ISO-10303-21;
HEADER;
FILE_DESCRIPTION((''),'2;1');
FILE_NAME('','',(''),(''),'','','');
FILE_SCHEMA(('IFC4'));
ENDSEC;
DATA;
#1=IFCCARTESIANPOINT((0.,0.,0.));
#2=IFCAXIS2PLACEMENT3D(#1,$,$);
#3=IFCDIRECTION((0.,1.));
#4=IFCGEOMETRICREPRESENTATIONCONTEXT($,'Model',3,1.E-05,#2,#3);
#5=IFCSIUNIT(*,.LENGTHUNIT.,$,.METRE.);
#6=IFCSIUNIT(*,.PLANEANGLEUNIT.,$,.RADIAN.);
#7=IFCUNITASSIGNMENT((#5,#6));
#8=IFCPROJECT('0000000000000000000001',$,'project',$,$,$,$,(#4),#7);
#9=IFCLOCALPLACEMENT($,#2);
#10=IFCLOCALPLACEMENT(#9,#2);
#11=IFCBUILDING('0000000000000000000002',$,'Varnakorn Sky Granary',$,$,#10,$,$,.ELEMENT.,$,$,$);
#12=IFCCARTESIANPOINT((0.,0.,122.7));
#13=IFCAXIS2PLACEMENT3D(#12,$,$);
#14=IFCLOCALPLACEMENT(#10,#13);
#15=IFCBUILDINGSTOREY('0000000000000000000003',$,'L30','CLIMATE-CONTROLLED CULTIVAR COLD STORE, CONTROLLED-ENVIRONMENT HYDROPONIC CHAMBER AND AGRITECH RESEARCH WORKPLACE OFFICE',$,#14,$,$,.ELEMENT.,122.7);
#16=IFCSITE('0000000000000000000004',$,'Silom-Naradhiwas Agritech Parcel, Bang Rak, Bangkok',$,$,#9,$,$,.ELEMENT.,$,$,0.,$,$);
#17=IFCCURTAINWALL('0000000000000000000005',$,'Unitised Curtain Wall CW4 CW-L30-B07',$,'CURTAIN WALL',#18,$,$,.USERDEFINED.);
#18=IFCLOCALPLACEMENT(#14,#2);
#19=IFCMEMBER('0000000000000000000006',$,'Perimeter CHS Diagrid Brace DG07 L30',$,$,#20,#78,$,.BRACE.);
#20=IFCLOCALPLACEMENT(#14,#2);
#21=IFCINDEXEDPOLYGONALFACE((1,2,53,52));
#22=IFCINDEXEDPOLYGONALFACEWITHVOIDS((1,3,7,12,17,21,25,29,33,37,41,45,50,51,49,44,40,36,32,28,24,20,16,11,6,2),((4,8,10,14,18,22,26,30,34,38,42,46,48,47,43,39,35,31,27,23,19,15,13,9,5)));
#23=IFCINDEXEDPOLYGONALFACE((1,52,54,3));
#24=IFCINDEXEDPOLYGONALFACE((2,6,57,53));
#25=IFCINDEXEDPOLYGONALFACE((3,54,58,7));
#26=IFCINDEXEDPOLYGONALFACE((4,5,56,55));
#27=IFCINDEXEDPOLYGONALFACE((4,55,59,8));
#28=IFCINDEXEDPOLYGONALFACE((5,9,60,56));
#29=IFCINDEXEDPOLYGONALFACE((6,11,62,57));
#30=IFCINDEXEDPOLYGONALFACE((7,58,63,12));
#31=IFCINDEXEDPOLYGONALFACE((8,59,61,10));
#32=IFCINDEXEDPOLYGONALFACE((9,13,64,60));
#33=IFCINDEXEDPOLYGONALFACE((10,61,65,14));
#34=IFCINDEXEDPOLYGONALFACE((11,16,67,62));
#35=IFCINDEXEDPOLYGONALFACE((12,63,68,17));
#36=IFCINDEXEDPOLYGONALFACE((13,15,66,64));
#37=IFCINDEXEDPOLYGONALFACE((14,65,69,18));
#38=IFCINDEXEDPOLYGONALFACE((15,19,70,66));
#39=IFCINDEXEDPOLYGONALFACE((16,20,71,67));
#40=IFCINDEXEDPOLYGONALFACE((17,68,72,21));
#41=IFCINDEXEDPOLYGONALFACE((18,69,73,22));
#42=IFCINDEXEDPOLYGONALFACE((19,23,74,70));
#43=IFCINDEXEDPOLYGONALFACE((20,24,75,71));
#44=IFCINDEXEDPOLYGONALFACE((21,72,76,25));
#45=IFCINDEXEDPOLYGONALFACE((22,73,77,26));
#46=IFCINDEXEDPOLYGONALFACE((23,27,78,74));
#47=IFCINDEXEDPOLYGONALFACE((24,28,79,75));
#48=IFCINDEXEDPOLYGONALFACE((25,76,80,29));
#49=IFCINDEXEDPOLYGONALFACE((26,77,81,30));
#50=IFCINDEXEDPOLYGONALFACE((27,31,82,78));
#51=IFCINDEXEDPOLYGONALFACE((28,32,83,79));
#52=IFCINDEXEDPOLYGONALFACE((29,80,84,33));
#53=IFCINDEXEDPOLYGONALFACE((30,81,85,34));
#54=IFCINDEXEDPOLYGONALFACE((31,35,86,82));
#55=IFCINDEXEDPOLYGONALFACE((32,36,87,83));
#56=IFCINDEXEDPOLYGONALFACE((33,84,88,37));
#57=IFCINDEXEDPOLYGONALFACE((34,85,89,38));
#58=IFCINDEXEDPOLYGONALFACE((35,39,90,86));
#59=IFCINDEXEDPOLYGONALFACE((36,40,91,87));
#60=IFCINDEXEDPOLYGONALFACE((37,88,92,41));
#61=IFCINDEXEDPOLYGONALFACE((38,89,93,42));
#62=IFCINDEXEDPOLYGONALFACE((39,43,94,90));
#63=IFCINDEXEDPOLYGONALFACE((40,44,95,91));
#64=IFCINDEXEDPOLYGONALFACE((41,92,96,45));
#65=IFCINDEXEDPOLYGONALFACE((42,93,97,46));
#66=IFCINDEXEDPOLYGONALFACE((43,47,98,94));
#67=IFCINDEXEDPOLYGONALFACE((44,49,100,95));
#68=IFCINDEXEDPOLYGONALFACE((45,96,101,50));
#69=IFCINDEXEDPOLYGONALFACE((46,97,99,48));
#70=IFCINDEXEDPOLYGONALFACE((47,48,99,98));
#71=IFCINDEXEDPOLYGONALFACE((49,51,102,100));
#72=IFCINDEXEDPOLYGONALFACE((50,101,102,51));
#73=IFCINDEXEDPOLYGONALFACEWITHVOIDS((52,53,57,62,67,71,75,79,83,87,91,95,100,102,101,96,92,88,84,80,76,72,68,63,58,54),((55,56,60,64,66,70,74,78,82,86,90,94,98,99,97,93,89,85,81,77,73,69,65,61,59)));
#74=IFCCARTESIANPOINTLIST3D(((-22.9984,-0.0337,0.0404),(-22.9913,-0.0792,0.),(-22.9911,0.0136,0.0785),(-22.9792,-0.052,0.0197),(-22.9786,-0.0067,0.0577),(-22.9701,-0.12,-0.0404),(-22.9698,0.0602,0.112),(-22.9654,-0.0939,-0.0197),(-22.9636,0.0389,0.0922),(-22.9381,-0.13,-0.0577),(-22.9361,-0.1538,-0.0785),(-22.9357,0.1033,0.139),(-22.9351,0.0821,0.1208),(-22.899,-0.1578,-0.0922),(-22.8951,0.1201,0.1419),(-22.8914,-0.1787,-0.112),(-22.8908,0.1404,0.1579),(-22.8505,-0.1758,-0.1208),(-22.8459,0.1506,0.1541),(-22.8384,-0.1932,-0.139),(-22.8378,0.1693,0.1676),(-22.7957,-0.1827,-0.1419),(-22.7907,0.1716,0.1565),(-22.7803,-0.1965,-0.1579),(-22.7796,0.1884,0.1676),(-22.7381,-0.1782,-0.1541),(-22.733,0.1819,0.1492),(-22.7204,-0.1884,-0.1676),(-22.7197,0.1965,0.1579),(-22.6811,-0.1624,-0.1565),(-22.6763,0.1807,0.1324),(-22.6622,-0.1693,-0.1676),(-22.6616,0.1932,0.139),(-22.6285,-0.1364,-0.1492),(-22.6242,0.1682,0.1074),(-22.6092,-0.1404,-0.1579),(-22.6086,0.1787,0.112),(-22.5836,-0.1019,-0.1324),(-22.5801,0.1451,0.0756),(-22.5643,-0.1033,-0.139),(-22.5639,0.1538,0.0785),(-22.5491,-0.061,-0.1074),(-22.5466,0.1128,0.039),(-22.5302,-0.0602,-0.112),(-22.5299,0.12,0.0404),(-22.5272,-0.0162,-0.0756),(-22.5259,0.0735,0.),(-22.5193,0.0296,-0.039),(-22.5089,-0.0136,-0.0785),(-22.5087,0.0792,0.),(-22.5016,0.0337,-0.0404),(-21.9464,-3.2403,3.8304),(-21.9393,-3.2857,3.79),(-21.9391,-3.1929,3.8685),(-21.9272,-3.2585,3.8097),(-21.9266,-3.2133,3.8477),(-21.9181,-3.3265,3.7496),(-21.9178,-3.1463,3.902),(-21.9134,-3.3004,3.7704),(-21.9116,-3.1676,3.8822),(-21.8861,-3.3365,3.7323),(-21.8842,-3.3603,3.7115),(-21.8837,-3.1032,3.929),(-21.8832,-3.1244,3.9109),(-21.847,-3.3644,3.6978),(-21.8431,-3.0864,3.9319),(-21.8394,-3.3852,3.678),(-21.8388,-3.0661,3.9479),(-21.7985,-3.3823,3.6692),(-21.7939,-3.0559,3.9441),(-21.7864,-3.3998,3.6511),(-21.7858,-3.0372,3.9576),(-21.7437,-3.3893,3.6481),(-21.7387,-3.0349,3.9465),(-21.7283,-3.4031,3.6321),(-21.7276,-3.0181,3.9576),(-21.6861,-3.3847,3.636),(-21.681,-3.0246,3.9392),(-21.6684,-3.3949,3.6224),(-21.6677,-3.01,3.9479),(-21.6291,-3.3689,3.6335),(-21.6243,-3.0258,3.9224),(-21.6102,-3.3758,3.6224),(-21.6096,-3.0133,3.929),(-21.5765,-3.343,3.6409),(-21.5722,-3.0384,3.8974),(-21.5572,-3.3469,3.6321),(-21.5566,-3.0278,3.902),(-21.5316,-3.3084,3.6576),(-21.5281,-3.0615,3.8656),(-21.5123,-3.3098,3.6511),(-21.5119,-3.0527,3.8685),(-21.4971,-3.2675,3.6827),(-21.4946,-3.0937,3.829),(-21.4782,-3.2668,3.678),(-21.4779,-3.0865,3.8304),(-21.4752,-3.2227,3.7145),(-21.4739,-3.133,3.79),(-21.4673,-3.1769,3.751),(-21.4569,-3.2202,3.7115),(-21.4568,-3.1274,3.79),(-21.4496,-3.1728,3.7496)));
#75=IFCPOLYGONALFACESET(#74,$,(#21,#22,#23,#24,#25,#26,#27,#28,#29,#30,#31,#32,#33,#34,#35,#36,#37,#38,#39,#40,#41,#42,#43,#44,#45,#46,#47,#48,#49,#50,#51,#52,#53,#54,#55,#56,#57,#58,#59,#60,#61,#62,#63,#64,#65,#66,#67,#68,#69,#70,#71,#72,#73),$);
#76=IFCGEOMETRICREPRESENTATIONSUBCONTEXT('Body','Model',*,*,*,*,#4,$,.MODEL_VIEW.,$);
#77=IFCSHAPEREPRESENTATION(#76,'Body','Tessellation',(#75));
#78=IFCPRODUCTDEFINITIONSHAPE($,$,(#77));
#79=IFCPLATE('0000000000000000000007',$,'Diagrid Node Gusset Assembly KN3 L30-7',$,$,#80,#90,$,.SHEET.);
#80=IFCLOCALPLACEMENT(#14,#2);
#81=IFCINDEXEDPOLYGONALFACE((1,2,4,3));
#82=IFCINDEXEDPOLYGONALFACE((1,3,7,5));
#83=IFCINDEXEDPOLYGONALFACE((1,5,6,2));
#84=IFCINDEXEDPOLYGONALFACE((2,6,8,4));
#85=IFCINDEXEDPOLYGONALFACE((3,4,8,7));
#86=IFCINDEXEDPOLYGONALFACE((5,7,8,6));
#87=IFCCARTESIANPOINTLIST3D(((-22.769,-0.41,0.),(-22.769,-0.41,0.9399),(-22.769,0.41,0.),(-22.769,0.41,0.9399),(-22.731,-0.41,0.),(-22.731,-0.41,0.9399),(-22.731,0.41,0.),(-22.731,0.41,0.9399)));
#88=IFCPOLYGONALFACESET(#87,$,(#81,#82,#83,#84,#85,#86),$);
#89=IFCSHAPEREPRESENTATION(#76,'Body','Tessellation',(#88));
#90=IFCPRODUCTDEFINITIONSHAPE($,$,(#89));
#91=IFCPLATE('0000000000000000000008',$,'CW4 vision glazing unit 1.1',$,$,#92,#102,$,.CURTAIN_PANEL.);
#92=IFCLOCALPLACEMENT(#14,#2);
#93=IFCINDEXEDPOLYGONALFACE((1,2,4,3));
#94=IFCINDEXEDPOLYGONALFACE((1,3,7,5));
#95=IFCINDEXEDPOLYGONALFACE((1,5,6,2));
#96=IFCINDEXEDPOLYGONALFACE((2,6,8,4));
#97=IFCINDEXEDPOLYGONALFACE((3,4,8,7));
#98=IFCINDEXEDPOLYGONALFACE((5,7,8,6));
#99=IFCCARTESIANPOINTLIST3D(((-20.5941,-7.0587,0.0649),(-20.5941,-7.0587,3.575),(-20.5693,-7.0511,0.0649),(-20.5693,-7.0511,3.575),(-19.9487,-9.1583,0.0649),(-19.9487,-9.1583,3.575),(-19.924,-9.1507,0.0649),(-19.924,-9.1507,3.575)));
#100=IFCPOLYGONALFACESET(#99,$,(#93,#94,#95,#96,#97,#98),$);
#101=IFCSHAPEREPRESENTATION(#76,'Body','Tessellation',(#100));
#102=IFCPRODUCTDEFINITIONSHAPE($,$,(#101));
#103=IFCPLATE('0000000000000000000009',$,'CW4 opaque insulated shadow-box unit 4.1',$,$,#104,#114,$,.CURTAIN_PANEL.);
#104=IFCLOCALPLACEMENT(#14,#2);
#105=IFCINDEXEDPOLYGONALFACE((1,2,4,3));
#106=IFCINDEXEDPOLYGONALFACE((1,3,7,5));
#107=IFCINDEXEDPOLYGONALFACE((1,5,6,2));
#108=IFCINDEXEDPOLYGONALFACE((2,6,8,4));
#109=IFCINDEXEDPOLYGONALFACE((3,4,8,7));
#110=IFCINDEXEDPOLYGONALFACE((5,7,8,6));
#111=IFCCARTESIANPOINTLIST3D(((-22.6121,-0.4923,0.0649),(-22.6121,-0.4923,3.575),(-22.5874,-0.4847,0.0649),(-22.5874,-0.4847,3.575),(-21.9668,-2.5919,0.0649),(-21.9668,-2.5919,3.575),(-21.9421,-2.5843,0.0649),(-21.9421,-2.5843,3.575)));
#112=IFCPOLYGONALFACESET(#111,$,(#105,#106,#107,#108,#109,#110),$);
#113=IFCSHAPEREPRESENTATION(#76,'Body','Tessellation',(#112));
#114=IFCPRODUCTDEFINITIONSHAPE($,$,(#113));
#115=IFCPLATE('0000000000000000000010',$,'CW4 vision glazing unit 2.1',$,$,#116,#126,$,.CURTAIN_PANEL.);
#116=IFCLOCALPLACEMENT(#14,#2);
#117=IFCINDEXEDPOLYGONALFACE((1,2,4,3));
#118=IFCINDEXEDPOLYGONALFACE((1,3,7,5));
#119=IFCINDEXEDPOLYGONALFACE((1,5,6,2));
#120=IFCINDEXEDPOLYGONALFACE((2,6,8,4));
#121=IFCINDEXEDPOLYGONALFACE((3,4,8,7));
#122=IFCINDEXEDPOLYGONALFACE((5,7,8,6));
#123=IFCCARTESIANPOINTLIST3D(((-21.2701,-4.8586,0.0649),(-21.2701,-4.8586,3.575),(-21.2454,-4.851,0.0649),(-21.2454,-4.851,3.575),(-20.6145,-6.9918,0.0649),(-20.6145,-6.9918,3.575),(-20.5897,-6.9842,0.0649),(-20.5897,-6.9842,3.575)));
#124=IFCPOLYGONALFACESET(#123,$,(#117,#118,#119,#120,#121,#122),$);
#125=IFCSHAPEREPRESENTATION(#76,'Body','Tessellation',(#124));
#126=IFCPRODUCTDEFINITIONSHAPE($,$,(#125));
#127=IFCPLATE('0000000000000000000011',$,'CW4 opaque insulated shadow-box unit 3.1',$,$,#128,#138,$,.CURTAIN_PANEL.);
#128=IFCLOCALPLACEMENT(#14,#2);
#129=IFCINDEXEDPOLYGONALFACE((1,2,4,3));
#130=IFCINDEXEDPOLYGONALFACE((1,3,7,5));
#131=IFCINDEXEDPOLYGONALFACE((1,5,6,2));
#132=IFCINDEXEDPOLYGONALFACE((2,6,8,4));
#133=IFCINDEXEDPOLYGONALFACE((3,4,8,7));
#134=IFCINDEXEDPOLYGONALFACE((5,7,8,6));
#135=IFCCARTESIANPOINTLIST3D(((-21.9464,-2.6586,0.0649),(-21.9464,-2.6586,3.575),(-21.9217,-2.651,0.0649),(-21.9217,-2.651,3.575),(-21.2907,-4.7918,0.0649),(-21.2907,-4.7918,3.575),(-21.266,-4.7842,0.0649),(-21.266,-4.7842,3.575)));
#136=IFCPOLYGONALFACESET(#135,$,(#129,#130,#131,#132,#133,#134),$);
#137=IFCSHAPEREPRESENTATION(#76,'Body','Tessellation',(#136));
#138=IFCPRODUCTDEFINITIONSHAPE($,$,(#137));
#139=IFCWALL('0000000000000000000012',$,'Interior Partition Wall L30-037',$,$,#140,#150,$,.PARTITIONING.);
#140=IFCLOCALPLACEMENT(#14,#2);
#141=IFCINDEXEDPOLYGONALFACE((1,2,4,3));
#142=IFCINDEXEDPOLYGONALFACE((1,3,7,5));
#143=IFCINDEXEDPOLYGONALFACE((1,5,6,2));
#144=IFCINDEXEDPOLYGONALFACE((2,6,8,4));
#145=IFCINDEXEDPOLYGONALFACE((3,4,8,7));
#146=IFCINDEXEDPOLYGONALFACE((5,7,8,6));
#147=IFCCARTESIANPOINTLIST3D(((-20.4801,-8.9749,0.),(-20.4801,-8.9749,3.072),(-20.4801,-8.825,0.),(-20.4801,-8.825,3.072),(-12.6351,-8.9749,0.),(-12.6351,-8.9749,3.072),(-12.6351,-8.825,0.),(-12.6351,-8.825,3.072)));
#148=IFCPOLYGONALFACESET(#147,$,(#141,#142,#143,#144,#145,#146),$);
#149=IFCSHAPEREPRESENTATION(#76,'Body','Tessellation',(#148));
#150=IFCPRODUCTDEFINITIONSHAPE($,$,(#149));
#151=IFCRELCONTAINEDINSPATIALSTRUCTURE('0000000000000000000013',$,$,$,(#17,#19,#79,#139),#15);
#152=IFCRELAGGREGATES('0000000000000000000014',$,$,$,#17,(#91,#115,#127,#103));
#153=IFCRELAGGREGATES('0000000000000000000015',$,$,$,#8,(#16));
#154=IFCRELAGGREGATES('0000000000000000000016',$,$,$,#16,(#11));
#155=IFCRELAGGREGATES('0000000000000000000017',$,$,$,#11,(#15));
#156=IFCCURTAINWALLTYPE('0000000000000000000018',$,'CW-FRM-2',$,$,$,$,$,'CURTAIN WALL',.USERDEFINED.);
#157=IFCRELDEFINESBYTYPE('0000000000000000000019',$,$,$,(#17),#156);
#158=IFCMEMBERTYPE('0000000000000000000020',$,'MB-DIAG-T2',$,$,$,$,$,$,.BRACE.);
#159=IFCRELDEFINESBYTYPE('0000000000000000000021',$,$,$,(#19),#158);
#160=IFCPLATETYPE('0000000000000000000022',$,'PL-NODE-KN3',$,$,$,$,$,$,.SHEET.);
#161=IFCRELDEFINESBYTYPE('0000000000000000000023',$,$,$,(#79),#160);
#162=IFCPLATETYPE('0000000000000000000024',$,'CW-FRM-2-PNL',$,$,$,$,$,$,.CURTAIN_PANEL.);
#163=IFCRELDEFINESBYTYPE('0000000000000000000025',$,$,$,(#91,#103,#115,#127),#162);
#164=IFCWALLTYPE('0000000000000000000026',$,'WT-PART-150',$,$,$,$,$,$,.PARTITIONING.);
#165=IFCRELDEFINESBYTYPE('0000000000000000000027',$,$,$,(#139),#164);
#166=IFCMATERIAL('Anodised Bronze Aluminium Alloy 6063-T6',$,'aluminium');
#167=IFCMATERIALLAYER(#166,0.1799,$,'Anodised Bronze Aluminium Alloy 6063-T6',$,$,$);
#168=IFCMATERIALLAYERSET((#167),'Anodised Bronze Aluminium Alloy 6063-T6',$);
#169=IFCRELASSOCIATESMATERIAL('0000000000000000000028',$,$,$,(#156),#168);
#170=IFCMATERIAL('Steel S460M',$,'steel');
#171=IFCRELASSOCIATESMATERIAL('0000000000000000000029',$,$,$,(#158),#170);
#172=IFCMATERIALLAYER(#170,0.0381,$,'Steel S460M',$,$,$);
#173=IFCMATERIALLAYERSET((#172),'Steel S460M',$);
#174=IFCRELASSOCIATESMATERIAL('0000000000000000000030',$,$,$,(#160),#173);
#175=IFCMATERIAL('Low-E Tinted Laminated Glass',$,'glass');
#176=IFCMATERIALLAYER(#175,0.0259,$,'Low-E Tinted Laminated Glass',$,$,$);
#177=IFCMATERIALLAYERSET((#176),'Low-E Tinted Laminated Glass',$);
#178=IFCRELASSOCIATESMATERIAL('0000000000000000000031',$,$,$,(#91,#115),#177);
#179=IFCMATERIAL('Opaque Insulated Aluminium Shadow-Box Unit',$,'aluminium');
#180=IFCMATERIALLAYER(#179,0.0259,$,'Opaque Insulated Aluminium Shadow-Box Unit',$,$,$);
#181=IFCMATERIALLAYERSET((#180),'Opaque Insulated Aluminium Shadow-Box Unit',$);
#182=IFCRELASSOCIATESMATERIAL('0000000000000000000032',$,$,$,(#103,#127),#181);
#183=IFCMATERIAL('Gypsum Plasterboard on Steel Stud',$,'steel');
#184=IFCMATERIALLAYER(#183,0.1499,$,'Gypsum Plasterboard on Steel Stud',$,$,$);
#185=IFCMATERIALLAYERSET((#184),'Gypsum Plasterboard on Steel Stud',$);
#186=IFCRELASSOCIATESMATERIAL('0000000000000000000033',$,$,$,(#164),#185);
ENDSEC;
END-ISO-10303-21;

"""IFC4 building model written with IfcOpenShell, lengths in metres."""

from ifc_helpers import new_model, si_unit, direction, frame, frame_2d, origin, origin_2d, place, context, subcontext, project, spatial, rectangle, hollow_circle, extrude, source, transform, mapped, material, layer, layer_set, material_profile, profile_set, type_object, type_shapes, element, aggregate, save


model = new_model("IFC4")

# Units and contexts
model_context = context("Model", 3, precision=1e-05, world=origin(), true_north=direction((0.0, 1.0)))
body_context = subcontext(model_context, "Body", "Model", "MODEL_VIEW")
ifc_project = project(units=[si_unit("LENGTHUNIT", "METRE"), si_unit("PLANEANGLEUNIT", "RADIAN")], contexts=[model_context])

# Site, building, storey
site_placement = place(None, origin())
site = spatial("IfcSite", under=ifc_project, at=site_placement, Name="Silom-Naradhiwas Agritech Parcel, Bang Rak, Bangkok", CompositionType="ELEMENT", RefElevation=0.0)
building_placement = place(site_placement, origin())
building = spatial("IfcBuilding", under=site, at=building_placement, Name="Varnakorn Sky Granary", CompositionType="ELEMENT")
storey_placement = place(building_placement, frame((0.0, 0.0, 122.7)))
storey = spatial("IfcBuildingStorey", under=building, at=storey_placement, Name="L30", Description="CLIMATE-CONTROLLED CULTIVAR COLD STORE, CONTROLLED-ENVIRONMENT HYDROPONIC CHAMBER AND AGRITECH RESEARCH WORKPLACE OFFICE", CompositionType="ELEMENT", Elevation=122.7)

# Shared definitions
ifc_material_1 = material(Name="Steel S460M", Category="steel")

# Curtain wall
ifc_material_2 = material(Name="Anodised Bronze Aluminium Alloy 6063-T6", Category="aluminium")
ifc_layer_1 = layer(ifc_material_2, 0.1799, Name="Anodised Bronze Aluminium Alloy 6063-T6")
ifc_layer_set_1 = layer_set([ifc_layer_1], Name="Anodised Bronze Aluminium Alloy 6063-T6")
curtain_wall_type = type_object("IfcCurtainWallType", Name="CW-FRM-2", ElementType="CURTAIN WALL", PredefinedType="USERDEFINED", material=ifc_layer_set_1)
curtain_wall_placement = place(storey_placement, origin())
curtain_wall = element("IfcCurtainWall", 1, at=curtain_wall_placement, inside=storey, type_object=curtain_wall_type, Name="Unitised Curtain Wall CW4 CW-L30-B07", ObjectType="CURTAIN WALL", PredefinedType="USERDEFINED")

# Member
ifc_material_profile_1 = material_profile(ifc_material_1, hollow_circle(Radius=0.2539, WallThickness=0.0181, at=origin_2d()), Name="CHS 508x18")
ifc_profile_set_1 = profile_set([ifc_material_profile_1], Name="Steel S460M")
member_type_1 = type_object("IfcMemberType", Name="MB-DIAG-T2", PredefinedType="BRACE", material=ifc_profile_set_1)
for number, where, z_axis, x_axis, name in (
    (2, (-22.75, 0.0, 0.0), (0.207302, -0.631863, 0.746843), (0.95017, 0.311732, 0.0), "Perimeter CHS Diagrid Brace DG07 L30"),
):
    element("IfcMember", number, at=place(storey_placement, frame(where, z_axis=z_axis, x_axis=x_axis)), inside=storey, type_object=member_type_1, Name=name, PredefinedType="BRACE", context=body_context, shape_type="SweptSolid", body=[
        extrude(hollow_circle(Radius=0.2539, WallThickness=0.0181, at=origin_2d()), origin(), (0.0, 0.0, 1.0), 5.0747),
    ])

# Plates
ifc_layer_2 = layer(ifc_material_1, 0.0381, Name="Steel S460M")
ifc_layer_set_2 = layer_set([ifc_layer_2], Name="Steel S460M")
plate_type_1 = type_object("IfcPlateType", Name="PL-NODE-KN3", PredefinedType="SHEET", material=ifc_layer_set_2)
plate_1_placement = place(storey_placement, frame((-22.75, 0.0, 0.0), z_axis=(0.0, 0.0, 1.0), x_axis=(0.0, -1.0, 0.0)))
element("IfcPlate", 3, at=plate_1_placement, inside=storey, type_object=plate_type_1, Name="Diagrid Node Gusset Assembly KN3 L30-7", PredefinedType="SHEET", context=body_context, shape_type="SweptSolid", body=[
    extrude(rectangle(XDim=0.8201, YDim=0.0381, at=origin_2d()), origin(), (0.0, 0.0, 1.0), 0.9399),
])
ifc_material_3 = material(Name="Low-E Tinted Laminated Glass", Category="glass")
ifc_layer_3 = layer(ifc_material_3, 0.0259, Name="Low-E Tinted Laminated Glass")
ifc_layer_set_3 = layer_set([ifc_layer_3], Name="Low-E Tinted Laminated Glass")
plate_type_2 = type_object("IfcPlateType", Name="CW-FRM-2-PNL", PredefinedType="CURTAIN_PANEL")
shared_shape_1 = source(origin(), body_context, "Body", "SweptSolid", [
    extrude(rectangle(XDim=2.1965, YDim=0.0259, at=origin_2d()), origin(), (0.0, 0.0, 1.0), 3.51),
])
plate_2_placement = place(storey_placement, frame((-20.259, -8.1047, 0.0649), z_axis=(0.0, 0.0, 1.0), x_axis=(-0.293789, 0.95587, 0.0)))
plate_2 = element("IfcPlate", 4, at=plate_2_placement, type_object=plate_type_2, material=ifc_layer_set_3, Name="CW4 vision glazing unit 1.1", PredefinedType="CURTAIN_PANEL", context=body_context, shape_type="MappedRepresentation", body=[
    mapped(shared_shape_1, transform((0.0, 0.0, 0.0), x_axis=(1.0, 0.0, 0.0), y_axis=(0.0, 1.0, 0.0), z_axis=(0.0, 0.0, 1.0), scale=1.0)),
])
ifc_material_4 = material(Name="Opaque Insulated Aluminium Shadow-Box Unit", Category="aluminium")
ifc_layer_4 = layer(ifc_material_4, 0.0259, Name="Opaque Insulated Aluminium Shadow-Box Unit")
ifc_layer_set_4 = layer_set([ifc_layer_4], Name="Opaque Insulated Aluminium Shadow-Box Unit")
plate_3_placement = place(storey_placement, frame((-22.2771, -1.5383, 0.0649), z_axis=(0.0, 0.0, 1.0), x_axis=(-0.293789, 0.95587, 0.0)))
plate_3 = element("IfcPlate", 5, at=plate_3_placement, type_object=plate_type_2, material=ifc_layer_set_4, Name="CW4 opaque insulated shadow-box unit 4.1", PredefinedType="CURTAIN_PANEL", context=body_context, shape_type="MappedRepresentation", body=[
    mapped(shared_shape_1, transform((0.0, 0.0, 0.0), x_axis=(1.0, 0.0, 0.0), y_axis=(0.0, 1.0, 0.0), z_axis=(0.0, 0.0, 1.0), scale=1.0)),
])
shared_shape_2 = source(origin(), body_context, "Body", "SweptSolid", [
    extrude(rectangle(XDim=2.2317, YDim=0.0259, at=origin_2d()), origin(), (0.0, 0.0, 1.0), 3.51),
])
type_shapes(plate_type_2, [shared_shape_1, shared_shape_2])
plate_4_placement = place(storey_placement, frame((-20.9299, -5.9214, 0.0649), z_axis=(0.0, 0.0, 1.0), x_axis=(-0.293789, 0.95587, 0.0)))
plate_4 = element("IfcPlate", 6, at=plate_4_placement, type_object=plate_type_2, material=ifc_layer_set_3, Name="CW4 vision glazing unit 2.1", PredefinedType="CURTAIN_PANEL", context=body_context, shape_type="MappedRepresentation", body=[
    mapped(shared_shape_2, transform((0.0, 0.0, 0.0), x_axis=(1.0, 0.0, 0.0), y_axis=(0.0, 1.0, 0.0), z_axis=(0.0, 0.0, 1.0), scale=1.0)),
])
plate_5_placement = place(storey_placement, frame((-21.6062, -3.7214, 0.0649), z_axis=(0.0, 0.0, 1.0), x_axis=(-0.293789, 0.95587, 0.0)))
plate_5 = element("IfcPlate", 7, at=plate_5_placement, type_object=plate_type_2, material=ifc_layer_set_4, Name="CW4 opaque insulated shadow-box unit 3.1", PredefinedType="CURTAIN_PANEL", context=body_context, shape_type="MappedRepresentation", body=[
    mapped(shared_shape_2, transform((0.0, 0.0, 0.0), x_axis=(1.0, 0.0, 0.0), y_axis=(0.0, 1.0, 0.0), z_axis=(0.0, 0.0, 1.0), scale=1.0)),
])
aggregate(curtain_wall, [plate_2, plate_4, plate_5, plate_3])

# Wall
ifc_material_5 = material(Name="Gypsum Plasterboard on Steel Stud", Category="steel")
ifc_layer_5 = layer(ifc_material_5, 0.1499, Name="Gypsum Plasterboard on Steel Stud")
ifc_layer_set_5 = layer_set([ifc_layer_5], Name="Gypsum Plasterboard on Steel Stud")
wall_type = type_object("IfcWallType", Name="WT-PART-150", PredefinedType="PARTITIONING", material=ifc_layer_set_5)
wall_placement = place(storey_placement, frame((-20.48, -8.8999, 0.0), z_axis=(0.0, 0.0, 1.0), x_axis=(1.0, 0.0, 0.0)))
element("IfcWall", 8, at=wall_placement, inside=storey, type_object=wall_type, Name="Interior Partition Wall L30-037", PredefinedType="PARTITIONING", context=body_context, shape_type="SweptSolid", body=[
    extrude(rectangle(XDim=7.845, YDim=0.1499, at=frame_2d((3.9224, 0.0))), origin(), (0.0, 0.0, 1.0), 3.072),
])

save(model, "model.ifc")
